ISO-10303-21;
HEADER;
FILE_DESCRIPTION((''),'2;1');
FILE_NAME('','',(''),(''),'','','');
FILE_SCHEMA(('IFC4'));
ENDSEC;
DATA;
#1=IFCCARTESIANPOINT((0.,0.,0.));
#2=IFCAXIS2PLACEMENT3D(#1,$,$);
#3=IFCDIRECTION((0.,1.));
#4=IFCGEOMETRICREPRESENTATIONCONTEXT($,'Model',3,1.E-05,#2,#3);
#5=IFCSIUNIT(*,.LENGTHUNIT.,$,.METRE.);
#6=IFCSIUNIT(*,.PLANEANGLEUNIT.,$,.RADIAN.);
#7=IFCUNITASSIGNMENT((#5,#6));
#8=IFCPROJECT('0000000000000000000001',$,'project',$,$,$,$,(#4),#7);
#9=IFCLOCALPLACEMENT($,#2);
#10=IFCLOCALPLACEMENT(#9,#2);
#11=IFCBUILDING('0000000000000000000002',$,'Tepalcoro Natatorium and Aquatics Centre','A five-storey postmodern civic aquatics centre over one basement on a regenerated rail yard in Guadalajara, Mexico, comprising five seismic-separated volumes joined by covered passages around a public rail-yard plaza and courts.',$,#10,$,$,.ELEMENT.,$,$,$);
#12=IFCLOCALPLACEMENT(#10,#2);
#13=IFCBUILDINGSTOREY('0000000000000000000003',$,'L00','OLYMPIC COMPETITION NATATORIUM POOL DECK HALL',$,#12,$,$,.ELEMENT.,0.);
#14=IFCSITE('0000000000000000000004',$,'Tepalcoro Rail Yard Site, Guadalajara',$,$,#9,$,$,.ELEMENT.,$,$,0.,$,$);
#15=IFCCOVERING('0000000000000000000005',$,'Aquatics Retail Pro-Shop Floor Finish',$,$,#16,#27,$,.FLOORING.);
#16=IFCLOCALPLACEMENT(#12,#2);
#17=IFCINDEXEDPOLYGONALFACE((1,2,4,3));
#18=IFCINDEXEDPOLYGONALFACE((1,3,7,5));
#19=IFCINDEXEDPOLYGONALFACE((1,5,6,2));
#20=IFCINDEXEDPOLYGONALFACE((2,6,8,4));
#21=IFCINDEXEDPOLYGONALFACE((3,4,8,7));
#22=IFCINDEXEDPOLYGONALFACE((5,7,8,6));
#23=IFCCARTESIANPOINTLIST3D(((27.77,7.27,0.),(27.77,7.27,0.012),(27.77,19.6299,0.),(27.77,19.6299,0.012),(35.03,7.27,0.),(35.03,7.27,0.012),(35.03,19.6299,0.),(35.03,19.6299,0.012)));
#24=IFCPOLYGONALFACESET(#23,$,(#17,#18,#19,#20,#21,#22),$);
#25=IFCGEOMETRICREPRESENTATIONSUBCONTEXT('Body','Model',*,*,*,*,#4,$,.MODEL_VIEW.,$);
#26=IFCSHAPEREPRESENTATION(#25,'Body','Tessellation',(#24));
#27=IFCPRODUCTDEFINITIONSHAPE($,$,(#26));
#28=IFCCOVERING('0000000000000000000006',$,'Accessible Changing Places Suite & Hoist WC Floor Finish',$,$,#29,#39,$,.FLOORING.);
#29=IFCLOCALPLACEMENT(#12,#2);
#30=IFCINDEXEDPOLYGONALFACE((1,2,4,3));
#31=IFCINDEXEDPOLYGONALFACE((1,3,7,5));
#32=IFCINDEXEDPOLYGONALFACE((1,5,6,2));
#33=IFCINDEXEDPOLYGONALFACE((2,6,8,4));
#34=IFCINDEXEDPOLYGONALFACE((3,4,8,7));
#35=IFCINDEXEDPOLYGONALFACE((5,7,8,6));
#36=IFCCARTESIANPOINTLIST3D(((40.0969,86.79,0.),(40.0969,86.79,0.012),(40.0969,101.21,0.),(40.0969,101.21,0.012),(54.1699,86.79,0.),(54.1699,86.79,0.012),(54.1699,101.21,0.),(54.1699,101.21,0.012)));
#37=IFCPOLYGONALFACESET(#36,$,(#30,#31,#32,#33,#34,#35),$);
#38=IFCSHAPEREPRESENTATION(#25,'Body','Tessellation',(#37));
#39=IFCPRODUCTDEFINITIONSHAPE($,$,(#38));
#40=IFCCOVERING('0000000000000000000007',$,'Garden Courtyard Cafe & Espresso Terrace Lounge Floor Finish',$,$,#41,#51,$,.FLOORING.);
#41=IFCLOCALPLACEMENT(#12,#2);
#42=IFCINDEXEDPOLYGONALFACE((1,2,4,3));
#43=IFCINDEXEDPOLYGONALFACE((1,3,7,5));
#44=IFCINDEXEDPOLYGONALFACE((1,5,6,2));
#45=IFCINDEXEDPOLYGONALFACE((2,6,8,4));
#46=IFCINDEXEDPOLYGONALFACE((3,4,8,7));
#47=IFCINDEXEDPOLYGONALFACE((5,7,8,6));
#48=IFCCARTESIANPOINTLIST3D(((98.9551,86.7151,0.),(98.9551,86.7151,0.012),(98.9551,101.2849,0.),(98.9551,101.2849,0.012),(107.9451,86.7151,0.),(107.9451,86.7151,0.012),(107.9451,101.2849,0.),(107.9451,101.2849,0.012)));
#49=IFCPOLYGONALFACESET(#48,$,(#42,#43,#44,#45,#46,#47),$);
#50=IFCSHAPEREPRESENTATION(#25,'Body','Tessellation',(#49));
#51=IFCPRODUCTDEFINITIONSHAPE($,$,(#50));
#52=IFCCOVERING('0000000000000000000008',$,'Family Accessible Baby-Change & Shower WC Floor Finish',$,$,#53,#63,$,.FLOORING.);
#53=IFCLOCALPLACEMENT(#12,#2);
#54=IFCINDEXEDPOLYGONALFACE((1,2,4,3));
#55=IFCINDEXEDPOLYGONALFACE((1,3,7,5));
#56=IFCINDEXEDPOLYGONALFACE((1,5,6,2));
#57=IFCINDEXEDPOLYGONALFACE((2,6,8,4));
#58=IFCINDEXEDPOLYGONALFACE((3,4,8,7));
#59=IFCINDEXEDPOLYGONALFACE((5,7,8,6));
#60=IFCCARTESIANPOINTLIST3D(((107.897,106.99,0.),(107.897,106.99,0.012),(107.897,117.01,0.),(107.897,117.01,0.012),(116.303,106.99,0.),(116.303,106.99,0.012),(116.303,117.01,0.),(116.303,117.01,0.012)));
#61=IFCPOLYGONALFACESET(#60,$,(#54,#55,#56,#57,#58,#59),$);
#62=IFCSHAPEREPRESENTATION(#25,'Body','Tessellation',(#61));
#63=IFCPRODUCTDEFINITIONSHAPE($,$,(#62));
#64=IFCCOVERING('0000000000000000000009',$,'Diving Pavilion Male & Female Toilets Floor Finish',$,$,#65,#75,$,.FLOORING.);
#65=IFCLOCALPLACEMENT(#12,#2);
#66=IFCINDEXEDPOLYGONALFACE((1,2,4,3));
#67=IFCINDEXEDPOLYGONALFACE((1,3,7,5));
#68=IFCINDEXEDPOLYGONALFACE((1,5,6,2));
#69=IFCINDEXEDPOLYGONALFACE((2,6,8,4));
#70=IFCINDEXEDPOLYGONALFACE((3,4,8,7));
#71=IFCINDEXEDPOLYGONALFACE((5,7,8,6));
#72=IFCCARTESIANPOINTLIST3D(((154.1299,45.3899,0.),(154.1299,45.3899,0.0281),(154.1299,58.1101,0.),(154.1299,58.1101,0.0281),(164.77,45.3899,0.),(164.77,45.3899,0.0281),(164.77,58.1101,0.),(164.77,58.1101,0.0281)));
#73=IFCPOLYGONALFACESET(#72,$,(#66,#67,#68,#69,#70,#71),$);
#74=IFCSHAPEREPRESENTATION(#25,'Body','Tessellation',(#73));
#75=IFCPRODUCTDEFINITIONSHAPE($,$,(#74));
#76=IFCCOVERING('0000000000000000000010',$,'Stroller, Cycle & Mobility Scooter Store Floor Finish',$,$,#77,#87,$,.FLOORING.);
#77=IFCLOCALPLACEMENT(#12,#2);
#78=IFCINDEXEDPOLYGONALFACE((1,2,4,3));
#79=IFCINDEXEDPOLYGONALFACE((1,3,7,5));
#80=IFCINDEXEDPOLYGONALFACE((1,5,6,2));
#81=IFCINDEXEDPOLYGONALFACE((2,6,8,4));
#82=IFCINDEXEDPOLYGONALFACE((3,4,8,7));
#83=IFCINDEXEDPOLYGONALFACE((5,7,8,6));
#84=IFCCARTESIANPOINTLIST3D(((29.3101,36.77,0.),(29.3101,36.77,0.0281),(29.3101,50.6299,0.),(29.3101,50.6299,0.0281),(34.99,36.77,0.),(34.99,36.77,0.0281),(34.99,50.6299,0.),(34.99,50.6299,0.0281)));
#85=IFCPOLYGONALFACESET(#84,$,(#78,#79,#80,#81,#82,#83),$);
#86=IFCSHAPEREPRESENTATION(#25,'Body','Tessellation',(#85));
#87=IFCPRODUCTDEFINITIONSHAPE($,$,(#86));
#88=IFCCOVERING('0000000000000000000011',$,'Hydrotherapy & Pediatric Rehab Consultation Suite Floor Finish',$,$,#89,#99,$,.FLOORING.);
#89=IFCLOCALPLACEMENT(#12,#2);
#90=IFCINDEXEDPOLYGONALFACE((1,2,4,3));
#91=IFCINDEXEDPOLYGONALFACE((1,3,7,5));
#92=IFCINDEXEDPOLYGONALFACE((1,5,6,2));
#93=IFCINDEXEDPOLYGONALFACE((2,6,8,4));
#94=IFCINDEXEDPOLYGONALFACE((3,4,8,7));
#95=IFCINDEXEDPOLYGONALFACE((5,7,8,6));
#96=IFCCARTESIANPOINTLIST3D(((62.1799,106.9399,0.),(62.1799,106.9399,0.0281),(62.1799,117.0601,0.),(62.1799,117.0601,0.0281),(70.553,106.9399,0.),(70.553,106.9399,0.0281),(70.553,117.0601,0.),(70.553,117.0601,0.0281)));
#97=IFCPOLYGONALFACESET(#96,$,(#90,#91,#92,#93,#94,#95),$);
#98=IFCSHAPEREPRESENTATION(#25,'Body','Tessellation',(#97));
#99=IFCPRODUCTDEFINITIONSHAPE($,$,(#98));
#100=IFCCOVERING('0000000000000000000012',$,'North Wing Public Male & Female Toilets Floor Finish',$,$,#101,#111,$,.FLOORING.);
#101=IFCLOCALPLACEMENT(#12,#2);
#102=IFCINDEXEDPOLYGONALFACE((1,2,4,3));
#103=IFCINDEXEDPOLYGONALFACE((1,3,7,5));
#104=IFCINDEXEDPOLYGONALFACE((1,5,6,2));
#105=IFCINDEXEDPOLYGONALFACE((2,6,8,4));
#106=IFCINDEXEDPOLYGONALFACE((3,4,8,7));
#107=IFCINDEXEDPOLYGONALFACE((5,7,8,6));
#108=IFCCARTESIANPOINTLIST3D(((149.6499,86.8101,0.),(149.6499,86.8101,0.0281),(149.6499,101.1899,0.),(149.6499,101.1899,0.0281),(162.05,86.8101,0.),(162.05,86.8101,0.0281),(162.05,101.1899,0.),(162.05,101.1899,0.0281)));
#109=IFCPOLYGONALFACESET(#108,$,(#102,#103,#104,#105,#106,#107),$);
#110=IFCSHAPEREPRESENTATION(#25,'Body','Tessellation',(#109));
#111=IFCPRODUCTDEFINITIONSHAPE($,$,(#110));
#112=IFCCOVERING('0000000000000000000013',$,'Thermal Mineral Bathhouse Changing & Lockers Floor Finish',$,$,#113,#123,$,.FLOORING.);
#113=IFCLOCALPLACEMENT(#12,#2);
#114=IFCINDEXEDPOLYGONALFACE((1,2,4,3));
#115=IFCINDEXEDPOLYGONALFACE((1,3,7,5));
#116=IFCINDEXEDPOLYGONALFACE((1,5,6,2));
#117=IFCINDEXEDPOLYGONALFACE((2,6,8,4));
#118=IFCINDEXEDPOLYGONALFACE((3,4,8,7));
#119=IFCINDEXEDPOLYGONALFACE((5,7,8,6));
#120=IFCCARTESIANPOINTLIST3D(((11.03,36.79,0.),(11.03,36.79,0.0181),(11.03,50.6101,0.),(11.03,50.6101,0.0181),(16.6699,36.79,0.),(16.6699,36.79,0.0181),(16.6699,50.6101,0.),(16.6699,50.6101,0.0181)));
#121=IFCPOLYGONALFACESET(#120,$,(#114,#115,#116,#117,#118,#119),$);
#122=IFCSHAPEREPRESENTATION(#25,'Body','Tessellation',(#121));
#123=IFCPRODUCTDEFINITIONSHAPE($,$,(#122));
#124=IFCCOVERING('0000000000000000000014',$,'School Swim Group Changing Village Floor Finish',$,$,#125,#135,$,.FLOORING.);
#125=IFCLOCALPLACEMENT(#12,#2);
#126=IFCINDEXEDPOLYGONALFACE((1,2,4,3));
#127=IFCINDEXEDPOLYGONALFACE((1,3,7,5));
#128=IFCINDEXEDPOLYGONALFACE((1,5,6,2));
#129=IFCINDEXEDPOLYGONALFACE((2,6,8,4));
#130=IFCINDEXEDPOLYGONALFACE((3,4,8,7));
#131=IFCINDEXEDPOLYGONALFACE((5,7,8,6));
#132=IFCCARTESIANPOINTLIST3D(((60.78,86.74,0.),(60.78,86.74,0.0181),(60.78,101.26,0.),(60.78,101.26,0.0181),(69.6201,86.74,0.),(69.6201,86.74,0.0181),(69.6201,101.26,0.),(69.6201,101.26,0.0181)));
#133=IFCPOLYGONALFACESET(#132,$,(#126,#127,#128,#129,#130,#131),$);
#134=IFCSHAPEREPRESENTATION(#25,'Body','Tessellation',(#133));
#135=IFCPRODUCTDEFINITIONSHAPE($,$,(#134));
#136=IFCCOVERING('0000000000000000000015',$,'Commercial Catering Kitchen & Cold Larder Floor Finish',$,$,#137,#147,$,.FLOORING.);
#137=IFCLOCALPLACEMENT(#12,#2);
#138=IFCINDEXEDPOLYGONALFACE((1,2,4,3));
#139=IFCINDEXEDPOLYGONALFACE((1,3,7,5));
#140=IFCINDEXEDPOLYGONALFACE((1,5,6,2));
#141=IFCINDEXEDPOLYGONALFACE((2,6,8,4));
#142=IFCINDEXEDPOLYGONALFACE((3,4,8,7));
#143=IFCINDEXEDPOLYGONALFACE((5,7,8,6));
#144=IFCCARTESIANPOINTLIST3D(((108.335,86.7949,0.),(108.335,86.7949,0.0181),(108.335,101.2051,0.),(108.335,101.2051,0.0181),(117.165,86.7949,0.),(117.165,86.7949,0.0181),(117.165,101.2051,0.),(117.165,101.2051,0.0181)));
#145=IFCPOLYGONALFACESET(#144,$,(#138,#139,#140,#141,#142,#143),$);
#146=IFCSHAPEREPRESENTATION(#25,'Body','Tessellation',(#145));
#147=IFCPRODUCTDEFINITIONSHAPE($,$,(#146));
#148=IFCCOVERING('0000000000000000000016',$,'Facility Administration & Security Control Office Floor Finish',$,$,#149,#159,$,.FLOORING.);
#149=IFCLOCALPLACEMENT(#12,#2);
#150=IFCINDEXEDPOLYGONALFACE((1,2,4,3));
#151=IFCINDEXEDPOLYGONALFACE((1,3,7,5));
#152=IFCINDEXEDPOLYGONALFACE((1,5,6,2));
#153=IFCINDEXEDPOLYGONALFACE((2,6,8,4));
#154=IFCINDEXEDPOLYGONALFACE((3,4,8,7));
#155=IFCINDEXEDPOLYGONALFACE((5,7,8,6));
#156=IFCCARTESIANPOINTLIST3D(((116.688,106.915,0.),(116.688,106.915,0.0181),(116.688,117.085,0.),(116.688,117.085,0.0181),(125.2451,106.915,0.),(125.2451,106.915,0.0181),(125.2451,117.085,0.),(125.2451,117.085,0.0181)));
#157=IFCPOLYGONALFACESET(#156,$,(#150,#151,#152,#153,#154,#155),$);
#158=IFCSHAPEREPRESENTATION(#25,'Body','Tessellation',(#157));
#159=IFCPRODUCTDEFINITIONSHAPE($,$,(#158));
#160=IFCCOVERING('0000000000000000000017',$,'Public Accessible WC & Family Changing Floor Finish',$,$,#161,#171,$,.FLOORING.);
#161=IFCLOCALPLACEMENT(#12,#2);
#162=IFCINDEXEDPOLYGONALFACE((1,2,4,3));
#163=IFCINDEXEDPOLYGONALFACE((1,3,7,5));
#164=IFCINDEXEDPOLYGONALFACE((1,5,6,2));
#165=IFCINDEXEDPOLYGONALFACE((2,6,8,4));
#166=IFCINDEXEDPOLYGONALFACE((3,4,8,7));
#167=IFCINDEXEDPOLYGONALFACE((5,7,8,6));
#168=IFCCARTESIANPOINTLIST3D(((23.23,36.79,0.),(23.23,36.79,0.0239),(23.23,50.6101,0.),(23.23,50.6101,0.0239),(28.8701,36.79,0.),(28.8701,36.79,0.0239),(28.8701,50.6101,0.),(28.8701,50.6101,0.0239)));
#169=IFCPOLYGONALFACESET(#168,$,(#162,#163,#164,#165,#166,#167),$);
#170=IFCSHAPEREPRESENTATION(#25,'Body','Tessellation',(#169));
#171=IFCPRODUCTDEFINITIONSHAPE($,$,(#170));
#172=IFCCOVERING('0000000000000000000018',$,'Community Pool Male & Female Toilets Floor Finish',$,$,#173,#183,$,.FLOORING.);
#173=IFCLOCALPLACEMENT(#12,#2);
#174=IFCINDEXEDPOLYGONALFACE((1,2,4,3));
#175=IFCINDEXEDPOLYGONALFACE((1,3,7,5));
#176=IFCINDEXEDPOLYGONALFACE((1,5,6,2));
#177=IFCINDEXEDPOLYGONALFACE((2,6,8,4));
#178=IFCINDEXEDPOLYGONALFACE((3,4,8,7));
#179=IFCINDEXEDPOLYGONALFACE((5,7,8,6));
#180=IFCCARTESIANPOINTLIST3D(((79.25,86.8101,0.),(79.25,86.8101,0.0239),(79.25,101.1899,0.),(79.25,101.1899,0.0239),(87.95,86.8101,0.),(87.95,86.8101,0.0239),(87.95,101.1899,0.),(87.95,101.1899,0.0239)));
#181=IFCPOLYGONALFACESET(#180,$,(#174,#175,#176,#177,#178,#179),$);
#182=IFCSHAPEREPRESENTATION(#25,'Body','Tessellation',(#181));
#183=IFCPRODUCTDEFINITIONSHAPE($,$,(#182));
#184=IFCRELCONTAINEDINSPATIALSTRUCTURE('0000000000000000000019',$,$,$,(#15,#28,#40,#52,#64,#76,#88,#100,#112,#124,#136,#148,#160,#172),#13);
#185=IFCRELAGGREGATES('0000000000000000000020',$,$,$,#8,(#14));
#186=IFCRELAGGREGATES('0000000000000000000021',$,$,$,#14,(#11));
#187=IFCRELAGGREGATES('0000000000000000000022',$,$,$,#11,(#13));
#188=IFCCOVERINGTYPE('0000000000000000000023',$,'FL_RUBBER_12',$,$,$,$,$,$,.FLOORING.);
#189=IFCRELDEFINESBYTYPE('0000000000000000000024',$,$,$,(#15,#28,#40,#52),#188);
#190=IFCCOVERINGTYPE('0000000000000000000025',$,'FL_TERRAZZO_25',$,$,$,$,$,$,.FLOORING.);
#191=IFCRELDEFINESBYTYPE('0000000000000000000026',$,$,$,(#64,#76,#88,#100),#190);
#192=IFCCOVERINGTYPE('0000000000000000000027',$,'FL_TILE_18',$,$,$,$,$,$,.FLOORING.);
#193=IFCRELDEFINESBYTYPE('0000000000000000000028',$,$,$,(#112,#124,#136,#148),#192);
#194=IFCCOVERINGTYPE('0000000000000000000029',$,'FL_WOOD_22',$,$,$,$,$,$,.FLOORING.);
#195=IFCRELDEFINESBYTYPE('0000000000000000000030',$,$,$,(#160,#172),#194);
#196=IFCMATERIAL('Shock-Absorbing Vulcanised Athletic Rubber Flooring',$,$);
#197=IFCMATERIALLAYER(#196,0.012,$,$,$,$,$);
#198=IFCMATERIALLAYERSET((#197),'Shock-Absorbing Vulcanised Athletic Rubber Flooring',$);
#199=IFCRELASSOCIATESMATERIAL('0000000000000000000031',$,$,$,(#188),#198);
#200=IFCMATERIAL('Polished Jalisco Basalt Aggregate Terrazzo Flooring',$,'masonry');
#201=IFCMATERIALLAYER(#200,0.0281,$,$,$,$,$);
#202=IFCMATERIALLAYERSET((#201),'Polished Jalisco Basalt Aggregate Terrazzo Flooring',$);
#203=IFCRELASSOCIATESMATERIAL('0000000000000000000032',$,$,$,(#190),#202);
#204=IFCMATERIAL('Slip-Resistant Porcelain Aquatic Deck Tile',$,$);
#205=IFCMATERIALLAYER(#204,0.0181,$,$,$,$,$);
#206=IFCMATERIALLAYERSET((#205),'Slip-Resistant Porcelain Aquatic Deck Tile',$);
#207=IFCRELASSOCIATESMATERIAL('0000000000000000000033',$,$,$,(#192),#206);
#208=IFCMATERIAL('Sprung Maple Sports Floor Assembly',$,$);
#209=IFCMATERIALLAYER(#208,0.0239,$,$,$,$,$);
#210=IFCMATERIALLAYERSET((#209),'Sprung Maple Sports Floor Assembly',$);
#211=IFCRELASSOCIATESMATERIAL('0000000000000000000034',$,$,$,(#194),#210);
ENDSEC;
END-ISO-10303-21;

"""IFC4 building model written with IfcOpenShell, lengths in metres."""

from ifc_helpers import new_model, si_unit, direction, origin, place, context, subcontext, project, spatial, polyline, outline, extrude, material, layer, layer_set, type_object, element, save


model = new_model("IFC4")

# Units and contexts
model_context = context("Model", 3, precision=1e-05, world=origin(), true_north=direction((0.0, 1.0)))
body_context = subcontext(model_context, "Body", "Model", "MODEL_VIEW")
ifc_project = project(units=[si_unit("LENGTHUNIT", "METRE"), si_unit("PLANEANGLEUNIT", "RADIAN")], contexts=[model_context])

# Site, building, storey
site_placement = place(None, origin())
site = spatial("IfcSite", under=ifc_project, at=site_placement, Name="Tepalcoro Rail Yard Site, Guadalajara", CompositionType="ELEMENT", RefElevation=0.0)
building_placement = place(site_placement, origin())
building = spatial("IfcBuilding", under=site, at=building_placement, Name="Tepalcoro Natatorium and Aquatics Centre", Description="A five-storey postmodern civic aquatics centre over one basement on a regenerated rail yard in Guadalajara, Mexico, comprising five seismic-separated volumes joined by covered passages around a public rail-yard plaza and courts.", CompositionType="ELEMENT")
storey_placement = place(building_placement, origin())
storey = spatial("IfcBuildingStorey", under=building, at=storey_placement, Name="L00", Description="OLYMPIC COMPETITION NATATORIUM POOL DECK HALL", CompositionType="ELEMENT", Elevation=0.0)

# Coverings
ifc_material_1 = material(Name="Shock-Absorbing Vulcanised Athletic Rubber Flooring")
ifc_material_2 = material(Name="Slip-Resistant Porcelain Aquatic Deck Tile")
ifc_layer_1 = layer(ifc_material_1, 0.012)
ifc_layer_set_1 = layer_set([ifc_layer_1], Name="Shock-Absorbing Vulcanised Athletic Rubber Flooring")
covering_type_1 = type_object("IfcCoveringType", Name="FL_RUBBER_12", PredefinedType="FLOORING", material=ifc_layer_set_1)
covering_1_placement = place(storey_placement, origin())
element("IfcCovering", 1, at=covering_1_placement, inside=storey, type_object=covering_type_1, Name="Aquatics Retail Pro-Shop Floor Finish", PredefinedType="FLOORING", context=body_context, shape_type="SweptSolid", body=[
    extrude(outline(polyline([(27.77, 7.27), (27.77, 19.6299), (35.03, 19.6299), (35.03, 7.27), (27.77, 7.27)])), origin(), (0.0, 0.0, 1.0), 0.012),
])
covering_2_placement = place(storey_placement, origin())
element("IfcCovering", 2, at=covering_2_placement, inside=storey, type_object=covering_type_1, Name="Accessible Changing Places Suite & Hoist WC Floor Finish", PredefinedType="FLOORING", context=body_context, shape_type="SweptSolid", body=[
    extrude(outline(polyline([(40.0969, 86.79), (40.0969, 101.21), (54.1699, 101.21), (54.1699, 86.79), (40.0969, 86.79)])), origin(), (0.0, 0.0, 1.0), 0.012),
])
covering_3_placement = place(storey_placement, origin())
element("IfcCovering", 3, at=covering_3_placement, inside=storey, type_object=covering_type_1, Name="Garden Courtyard Cafe & Espresso Terrace Lounge Floor Finish", PredefinedType="FLOORING", context=body_context, shape_type="SweptSolid", body=[
    extrude(outline(polyline([(98.9551, 86.7151), (98.9551, 101.2849), (107.9451, 101.2849), (107.9451, 86.7151), (98.9551, 86.7151)])), origin(), (0.0, 0.0, 1.0), 0.012),
])
covering_4_placement = place(storey_placement, origin())
element("IfcCovering", 4, at=covering_4_placement, inside=storey, type_object=covering_type_1, Name="Family Accessible Baby-Change & Shower WC Floor Finish", PredefinedType="FLOORING", context=body_context, shape_type="SweptSolid", body=[
    extrude(outline(polyline([(107.897, 106.99), (107.897, 117.01), (116.303, 117.01), (116.303, 106.99), (107.897, 106.99)])), origin(), (0.0, 0.0, 1.0), 0.012),
])
ifc_material_3 = material(Name="Polished Jalisco Basalt Aggregate Terrazzo Flooring", Category="masonry")
ifc_layer_2 = layer(ifc_material_3, 0.0281)
ifc_layer_set_2 = layer_set([ifc_layer_2], Name="Polished Jalisco Basalt Aggregate Terrazzo Flooring")
covering_type_2 = type_object("IfcCoveringType", Name="FL_TERRAZZO_25", PredefinedType="FLOORING", material=ifc_layer_set_2)
covering_5_placement = place(storey_placement, origin())
element("IfcCovering", 5, at=covering_5_placement, inside=storey, type_object=covering_type_2, Name="Diving Pavilion Male & Female Toilets Floor Finish", PredefinedType="FLOORING", context=body_context, shape_type="SweptSolid", body=[
    extrude(outline(polyline([(154.1299, 45.3899), (154.1299, 58.1101), (164.77, 58.1101), (164.77, 45.3899), (154.1299, 45.3899)])), origin(), (0.0, 0.0, 1.0), 0.0281),
])
covering_6_placement = place(storey_placement, origin())
element("IfcCovering", 6, at=covering_6_placement, inside=storey, type_object=covering_type_2, Name="Stroller, Cycle & Mobility Scooter Store Floor Finish", PredefinedType="FLOORING", context=body_context, shape_type="SweptSolid", body=[
    extrude(outline(polyline([(29.3101, 36.77), (29.3101, 50.6299), (34.99, 50.6299), (34.99, 36.77), (29.3101, 36.77)])), origin(), (0.0, 0.0, 1.0), 0.0281),
])
covering_7_placement = place(storey_placement, origin())
element("IfcCovering", 7, at=covering_7_placement, inside=storey, type_object=covering_type_2, Name="Hydrotherapy & Pediatric Rehab Consultation Suite Floor Finish", PredefinedType="FLOORING", context=body_context, shape_type="SweptSolid", body=[
    extrude(outline(polyline([(62.1799, 106.9399), (62.1799, 117.0601), (70.553, 117.0601), (70.553, 106.9399), (62.1799, 106.9399)])), origin(), (0.0, 0.0, 1.0), 0.0281),
])
covering_8_placement = place(storey_placement, origin())
element("IfcCovering", 8, at=covering_8_placement, inside=storey, type_object=covering_type_2, Name="North Wing Public Male & Female Toilets Floor Finish", PredefinedType="FLOORING", context=body_context, shape_type="SweptSolid", body=[
    extrude(outline(polyline([(149.6499, 86.8101), (149.6499, 101.1899), (162.05, 101.1899), (162.05, 86.8101), (149.6499, 86.8101)])), origin(), (0.0, 0.0, 1.0), 0.0281),
])
ifc_layer_3 = layer(ifc_material_2, 0.0181)
ifc_layer_set_3 = layer_set([ifc_layer_3], Name="Slip-Resistant Porcelain Aquatic Deck Tile")
covering_type_3 = type_object("IfcCoveringType", Name="FL_TILE_18", PredefinedType="FLOORING", material=ifc_layer_set_3)
covering_9_placement = place(storey_placement, origin())
element("IfcCovering", 9, at=covering_9_placement, inside=storey, type_object=covering_type_3, Name="Thermal Mineral Bathhouse Changing & Lockers Floor Finish", PredefinedType="FLOORING", context=body_context, shape_type="SweptSolid", body=[
    extrude(outline(polyline([(11.03, 36.79), (11.03, 50.6101), (16.6699, 50.6101), (16.6699, 36.79), (11.03, 36.79)])), origin(), (0.0, 0.0, 1.0), 0.0181),
])
covering_10_placement = place(storey_placement, origin())
element("IfcCovering", 10, at=covering_10_placement, inside=storey, type_object=covering_type_3, Name="School Swim Group Changing Village Floor Finish", PredefinedType="FLOORING", context=body_context, shape_type="SweptSolid", body=[
    extrude(outline(polyline([(60.78, 86.74), (60.78, 101.26), (69.6201, 101.26), (69.6201, 86.74), (60.78, 86.74)])), origin(), (0.0, 0.0, 1.0), 0.0181),
])
covering_11_placement = place(storey_placement, origin())
element("IfcCovering", 11, at=covering_11_placement, inside=storey, type_object=covering_type_3, Name="Commercial Catering Kitchen & Cold Larder Floor Finish", PredefinedType="FLOORING", context=body_context, shape_type="SweptSolid", body=[
    extrude(outline(polyline([(108.335, 86.7949), (108.335, 101.2051), (117.165, 101.2051), (117.165, 86.7949), (108.335, 86.7949)])), origin(), (0.0, 0.0, 1.0), 0.0181),
])
covering_12_placement = place(storey_placement, origin())
element("IfcCovering", 12, at=covering_12_placement, inside=storey, type_object=covering_type_3, Name="Facility Administration & Security Control Office Floor Finish", PredefinedType="FLOORING", context=body_context, shape_type="SweptSolid", body=[
    extrude(outline(polyline([(116.688, 106.915), (116.688, 117.085), (125.2451, 117.085), (125.2451, 106.915), (116.688, 106.915)])), origin(), (0.0, 0.0, 1.0), 0.0181),
])
ifc_material_4 = material(Name="Sprung Maple Sports Floor Assembly")
ifc_layer_4 = layer(ifc_material_4, 0.0239)
ifc_layer_set_4 = layer_set([ifc_layer_4], Name="Sprung Maple Sports Floor Assembly")
covering_type_4 = type_object("IfcCoveringType", Name="FL_WOOD_22", PredefinedType="FLOORING", material=ifc_layer_set_4)
covering_13_placement = place(storey_placement, origin())
element("IfcCovering", 13, at=covering_13_placement, inside=storey, type_object=covering_type_4, Name="Public Accessible WC & Family Changing Floor Finish", PredefinedType="FLOORING", context=body_context, shape_type="SweptSolid", body=[
    extrude(outline(polyline([(23.23, 36.79), (23.23, 50.6101), (28.8701, 50.6101), (28.8701, 36.79), (23.23, 36.79)])), origin(), (0.0, 0.0, 1.0), 0.0239),
])
covering_14_placement = place(storey_placement, origin())
element("IfcCovering", 14, at=covering_14_placement, inside=storey, type_object=covering_type_4, Name="Community Pool Male & Female Toilets Floor Finish", PredefinedType="FLOORING", context=body_context, shape_type="SweptSolid", body=[
    extrude(outline(polyline([(79.25, 86.8101), (79.25, 101.1899), (87.95, 101.1899), (87.95, 86.8101), (79.25, 86.8101)])), origin(), (0.0, 0.0, 1.0), 0.0239),
])

save(model, "model.ifc")
